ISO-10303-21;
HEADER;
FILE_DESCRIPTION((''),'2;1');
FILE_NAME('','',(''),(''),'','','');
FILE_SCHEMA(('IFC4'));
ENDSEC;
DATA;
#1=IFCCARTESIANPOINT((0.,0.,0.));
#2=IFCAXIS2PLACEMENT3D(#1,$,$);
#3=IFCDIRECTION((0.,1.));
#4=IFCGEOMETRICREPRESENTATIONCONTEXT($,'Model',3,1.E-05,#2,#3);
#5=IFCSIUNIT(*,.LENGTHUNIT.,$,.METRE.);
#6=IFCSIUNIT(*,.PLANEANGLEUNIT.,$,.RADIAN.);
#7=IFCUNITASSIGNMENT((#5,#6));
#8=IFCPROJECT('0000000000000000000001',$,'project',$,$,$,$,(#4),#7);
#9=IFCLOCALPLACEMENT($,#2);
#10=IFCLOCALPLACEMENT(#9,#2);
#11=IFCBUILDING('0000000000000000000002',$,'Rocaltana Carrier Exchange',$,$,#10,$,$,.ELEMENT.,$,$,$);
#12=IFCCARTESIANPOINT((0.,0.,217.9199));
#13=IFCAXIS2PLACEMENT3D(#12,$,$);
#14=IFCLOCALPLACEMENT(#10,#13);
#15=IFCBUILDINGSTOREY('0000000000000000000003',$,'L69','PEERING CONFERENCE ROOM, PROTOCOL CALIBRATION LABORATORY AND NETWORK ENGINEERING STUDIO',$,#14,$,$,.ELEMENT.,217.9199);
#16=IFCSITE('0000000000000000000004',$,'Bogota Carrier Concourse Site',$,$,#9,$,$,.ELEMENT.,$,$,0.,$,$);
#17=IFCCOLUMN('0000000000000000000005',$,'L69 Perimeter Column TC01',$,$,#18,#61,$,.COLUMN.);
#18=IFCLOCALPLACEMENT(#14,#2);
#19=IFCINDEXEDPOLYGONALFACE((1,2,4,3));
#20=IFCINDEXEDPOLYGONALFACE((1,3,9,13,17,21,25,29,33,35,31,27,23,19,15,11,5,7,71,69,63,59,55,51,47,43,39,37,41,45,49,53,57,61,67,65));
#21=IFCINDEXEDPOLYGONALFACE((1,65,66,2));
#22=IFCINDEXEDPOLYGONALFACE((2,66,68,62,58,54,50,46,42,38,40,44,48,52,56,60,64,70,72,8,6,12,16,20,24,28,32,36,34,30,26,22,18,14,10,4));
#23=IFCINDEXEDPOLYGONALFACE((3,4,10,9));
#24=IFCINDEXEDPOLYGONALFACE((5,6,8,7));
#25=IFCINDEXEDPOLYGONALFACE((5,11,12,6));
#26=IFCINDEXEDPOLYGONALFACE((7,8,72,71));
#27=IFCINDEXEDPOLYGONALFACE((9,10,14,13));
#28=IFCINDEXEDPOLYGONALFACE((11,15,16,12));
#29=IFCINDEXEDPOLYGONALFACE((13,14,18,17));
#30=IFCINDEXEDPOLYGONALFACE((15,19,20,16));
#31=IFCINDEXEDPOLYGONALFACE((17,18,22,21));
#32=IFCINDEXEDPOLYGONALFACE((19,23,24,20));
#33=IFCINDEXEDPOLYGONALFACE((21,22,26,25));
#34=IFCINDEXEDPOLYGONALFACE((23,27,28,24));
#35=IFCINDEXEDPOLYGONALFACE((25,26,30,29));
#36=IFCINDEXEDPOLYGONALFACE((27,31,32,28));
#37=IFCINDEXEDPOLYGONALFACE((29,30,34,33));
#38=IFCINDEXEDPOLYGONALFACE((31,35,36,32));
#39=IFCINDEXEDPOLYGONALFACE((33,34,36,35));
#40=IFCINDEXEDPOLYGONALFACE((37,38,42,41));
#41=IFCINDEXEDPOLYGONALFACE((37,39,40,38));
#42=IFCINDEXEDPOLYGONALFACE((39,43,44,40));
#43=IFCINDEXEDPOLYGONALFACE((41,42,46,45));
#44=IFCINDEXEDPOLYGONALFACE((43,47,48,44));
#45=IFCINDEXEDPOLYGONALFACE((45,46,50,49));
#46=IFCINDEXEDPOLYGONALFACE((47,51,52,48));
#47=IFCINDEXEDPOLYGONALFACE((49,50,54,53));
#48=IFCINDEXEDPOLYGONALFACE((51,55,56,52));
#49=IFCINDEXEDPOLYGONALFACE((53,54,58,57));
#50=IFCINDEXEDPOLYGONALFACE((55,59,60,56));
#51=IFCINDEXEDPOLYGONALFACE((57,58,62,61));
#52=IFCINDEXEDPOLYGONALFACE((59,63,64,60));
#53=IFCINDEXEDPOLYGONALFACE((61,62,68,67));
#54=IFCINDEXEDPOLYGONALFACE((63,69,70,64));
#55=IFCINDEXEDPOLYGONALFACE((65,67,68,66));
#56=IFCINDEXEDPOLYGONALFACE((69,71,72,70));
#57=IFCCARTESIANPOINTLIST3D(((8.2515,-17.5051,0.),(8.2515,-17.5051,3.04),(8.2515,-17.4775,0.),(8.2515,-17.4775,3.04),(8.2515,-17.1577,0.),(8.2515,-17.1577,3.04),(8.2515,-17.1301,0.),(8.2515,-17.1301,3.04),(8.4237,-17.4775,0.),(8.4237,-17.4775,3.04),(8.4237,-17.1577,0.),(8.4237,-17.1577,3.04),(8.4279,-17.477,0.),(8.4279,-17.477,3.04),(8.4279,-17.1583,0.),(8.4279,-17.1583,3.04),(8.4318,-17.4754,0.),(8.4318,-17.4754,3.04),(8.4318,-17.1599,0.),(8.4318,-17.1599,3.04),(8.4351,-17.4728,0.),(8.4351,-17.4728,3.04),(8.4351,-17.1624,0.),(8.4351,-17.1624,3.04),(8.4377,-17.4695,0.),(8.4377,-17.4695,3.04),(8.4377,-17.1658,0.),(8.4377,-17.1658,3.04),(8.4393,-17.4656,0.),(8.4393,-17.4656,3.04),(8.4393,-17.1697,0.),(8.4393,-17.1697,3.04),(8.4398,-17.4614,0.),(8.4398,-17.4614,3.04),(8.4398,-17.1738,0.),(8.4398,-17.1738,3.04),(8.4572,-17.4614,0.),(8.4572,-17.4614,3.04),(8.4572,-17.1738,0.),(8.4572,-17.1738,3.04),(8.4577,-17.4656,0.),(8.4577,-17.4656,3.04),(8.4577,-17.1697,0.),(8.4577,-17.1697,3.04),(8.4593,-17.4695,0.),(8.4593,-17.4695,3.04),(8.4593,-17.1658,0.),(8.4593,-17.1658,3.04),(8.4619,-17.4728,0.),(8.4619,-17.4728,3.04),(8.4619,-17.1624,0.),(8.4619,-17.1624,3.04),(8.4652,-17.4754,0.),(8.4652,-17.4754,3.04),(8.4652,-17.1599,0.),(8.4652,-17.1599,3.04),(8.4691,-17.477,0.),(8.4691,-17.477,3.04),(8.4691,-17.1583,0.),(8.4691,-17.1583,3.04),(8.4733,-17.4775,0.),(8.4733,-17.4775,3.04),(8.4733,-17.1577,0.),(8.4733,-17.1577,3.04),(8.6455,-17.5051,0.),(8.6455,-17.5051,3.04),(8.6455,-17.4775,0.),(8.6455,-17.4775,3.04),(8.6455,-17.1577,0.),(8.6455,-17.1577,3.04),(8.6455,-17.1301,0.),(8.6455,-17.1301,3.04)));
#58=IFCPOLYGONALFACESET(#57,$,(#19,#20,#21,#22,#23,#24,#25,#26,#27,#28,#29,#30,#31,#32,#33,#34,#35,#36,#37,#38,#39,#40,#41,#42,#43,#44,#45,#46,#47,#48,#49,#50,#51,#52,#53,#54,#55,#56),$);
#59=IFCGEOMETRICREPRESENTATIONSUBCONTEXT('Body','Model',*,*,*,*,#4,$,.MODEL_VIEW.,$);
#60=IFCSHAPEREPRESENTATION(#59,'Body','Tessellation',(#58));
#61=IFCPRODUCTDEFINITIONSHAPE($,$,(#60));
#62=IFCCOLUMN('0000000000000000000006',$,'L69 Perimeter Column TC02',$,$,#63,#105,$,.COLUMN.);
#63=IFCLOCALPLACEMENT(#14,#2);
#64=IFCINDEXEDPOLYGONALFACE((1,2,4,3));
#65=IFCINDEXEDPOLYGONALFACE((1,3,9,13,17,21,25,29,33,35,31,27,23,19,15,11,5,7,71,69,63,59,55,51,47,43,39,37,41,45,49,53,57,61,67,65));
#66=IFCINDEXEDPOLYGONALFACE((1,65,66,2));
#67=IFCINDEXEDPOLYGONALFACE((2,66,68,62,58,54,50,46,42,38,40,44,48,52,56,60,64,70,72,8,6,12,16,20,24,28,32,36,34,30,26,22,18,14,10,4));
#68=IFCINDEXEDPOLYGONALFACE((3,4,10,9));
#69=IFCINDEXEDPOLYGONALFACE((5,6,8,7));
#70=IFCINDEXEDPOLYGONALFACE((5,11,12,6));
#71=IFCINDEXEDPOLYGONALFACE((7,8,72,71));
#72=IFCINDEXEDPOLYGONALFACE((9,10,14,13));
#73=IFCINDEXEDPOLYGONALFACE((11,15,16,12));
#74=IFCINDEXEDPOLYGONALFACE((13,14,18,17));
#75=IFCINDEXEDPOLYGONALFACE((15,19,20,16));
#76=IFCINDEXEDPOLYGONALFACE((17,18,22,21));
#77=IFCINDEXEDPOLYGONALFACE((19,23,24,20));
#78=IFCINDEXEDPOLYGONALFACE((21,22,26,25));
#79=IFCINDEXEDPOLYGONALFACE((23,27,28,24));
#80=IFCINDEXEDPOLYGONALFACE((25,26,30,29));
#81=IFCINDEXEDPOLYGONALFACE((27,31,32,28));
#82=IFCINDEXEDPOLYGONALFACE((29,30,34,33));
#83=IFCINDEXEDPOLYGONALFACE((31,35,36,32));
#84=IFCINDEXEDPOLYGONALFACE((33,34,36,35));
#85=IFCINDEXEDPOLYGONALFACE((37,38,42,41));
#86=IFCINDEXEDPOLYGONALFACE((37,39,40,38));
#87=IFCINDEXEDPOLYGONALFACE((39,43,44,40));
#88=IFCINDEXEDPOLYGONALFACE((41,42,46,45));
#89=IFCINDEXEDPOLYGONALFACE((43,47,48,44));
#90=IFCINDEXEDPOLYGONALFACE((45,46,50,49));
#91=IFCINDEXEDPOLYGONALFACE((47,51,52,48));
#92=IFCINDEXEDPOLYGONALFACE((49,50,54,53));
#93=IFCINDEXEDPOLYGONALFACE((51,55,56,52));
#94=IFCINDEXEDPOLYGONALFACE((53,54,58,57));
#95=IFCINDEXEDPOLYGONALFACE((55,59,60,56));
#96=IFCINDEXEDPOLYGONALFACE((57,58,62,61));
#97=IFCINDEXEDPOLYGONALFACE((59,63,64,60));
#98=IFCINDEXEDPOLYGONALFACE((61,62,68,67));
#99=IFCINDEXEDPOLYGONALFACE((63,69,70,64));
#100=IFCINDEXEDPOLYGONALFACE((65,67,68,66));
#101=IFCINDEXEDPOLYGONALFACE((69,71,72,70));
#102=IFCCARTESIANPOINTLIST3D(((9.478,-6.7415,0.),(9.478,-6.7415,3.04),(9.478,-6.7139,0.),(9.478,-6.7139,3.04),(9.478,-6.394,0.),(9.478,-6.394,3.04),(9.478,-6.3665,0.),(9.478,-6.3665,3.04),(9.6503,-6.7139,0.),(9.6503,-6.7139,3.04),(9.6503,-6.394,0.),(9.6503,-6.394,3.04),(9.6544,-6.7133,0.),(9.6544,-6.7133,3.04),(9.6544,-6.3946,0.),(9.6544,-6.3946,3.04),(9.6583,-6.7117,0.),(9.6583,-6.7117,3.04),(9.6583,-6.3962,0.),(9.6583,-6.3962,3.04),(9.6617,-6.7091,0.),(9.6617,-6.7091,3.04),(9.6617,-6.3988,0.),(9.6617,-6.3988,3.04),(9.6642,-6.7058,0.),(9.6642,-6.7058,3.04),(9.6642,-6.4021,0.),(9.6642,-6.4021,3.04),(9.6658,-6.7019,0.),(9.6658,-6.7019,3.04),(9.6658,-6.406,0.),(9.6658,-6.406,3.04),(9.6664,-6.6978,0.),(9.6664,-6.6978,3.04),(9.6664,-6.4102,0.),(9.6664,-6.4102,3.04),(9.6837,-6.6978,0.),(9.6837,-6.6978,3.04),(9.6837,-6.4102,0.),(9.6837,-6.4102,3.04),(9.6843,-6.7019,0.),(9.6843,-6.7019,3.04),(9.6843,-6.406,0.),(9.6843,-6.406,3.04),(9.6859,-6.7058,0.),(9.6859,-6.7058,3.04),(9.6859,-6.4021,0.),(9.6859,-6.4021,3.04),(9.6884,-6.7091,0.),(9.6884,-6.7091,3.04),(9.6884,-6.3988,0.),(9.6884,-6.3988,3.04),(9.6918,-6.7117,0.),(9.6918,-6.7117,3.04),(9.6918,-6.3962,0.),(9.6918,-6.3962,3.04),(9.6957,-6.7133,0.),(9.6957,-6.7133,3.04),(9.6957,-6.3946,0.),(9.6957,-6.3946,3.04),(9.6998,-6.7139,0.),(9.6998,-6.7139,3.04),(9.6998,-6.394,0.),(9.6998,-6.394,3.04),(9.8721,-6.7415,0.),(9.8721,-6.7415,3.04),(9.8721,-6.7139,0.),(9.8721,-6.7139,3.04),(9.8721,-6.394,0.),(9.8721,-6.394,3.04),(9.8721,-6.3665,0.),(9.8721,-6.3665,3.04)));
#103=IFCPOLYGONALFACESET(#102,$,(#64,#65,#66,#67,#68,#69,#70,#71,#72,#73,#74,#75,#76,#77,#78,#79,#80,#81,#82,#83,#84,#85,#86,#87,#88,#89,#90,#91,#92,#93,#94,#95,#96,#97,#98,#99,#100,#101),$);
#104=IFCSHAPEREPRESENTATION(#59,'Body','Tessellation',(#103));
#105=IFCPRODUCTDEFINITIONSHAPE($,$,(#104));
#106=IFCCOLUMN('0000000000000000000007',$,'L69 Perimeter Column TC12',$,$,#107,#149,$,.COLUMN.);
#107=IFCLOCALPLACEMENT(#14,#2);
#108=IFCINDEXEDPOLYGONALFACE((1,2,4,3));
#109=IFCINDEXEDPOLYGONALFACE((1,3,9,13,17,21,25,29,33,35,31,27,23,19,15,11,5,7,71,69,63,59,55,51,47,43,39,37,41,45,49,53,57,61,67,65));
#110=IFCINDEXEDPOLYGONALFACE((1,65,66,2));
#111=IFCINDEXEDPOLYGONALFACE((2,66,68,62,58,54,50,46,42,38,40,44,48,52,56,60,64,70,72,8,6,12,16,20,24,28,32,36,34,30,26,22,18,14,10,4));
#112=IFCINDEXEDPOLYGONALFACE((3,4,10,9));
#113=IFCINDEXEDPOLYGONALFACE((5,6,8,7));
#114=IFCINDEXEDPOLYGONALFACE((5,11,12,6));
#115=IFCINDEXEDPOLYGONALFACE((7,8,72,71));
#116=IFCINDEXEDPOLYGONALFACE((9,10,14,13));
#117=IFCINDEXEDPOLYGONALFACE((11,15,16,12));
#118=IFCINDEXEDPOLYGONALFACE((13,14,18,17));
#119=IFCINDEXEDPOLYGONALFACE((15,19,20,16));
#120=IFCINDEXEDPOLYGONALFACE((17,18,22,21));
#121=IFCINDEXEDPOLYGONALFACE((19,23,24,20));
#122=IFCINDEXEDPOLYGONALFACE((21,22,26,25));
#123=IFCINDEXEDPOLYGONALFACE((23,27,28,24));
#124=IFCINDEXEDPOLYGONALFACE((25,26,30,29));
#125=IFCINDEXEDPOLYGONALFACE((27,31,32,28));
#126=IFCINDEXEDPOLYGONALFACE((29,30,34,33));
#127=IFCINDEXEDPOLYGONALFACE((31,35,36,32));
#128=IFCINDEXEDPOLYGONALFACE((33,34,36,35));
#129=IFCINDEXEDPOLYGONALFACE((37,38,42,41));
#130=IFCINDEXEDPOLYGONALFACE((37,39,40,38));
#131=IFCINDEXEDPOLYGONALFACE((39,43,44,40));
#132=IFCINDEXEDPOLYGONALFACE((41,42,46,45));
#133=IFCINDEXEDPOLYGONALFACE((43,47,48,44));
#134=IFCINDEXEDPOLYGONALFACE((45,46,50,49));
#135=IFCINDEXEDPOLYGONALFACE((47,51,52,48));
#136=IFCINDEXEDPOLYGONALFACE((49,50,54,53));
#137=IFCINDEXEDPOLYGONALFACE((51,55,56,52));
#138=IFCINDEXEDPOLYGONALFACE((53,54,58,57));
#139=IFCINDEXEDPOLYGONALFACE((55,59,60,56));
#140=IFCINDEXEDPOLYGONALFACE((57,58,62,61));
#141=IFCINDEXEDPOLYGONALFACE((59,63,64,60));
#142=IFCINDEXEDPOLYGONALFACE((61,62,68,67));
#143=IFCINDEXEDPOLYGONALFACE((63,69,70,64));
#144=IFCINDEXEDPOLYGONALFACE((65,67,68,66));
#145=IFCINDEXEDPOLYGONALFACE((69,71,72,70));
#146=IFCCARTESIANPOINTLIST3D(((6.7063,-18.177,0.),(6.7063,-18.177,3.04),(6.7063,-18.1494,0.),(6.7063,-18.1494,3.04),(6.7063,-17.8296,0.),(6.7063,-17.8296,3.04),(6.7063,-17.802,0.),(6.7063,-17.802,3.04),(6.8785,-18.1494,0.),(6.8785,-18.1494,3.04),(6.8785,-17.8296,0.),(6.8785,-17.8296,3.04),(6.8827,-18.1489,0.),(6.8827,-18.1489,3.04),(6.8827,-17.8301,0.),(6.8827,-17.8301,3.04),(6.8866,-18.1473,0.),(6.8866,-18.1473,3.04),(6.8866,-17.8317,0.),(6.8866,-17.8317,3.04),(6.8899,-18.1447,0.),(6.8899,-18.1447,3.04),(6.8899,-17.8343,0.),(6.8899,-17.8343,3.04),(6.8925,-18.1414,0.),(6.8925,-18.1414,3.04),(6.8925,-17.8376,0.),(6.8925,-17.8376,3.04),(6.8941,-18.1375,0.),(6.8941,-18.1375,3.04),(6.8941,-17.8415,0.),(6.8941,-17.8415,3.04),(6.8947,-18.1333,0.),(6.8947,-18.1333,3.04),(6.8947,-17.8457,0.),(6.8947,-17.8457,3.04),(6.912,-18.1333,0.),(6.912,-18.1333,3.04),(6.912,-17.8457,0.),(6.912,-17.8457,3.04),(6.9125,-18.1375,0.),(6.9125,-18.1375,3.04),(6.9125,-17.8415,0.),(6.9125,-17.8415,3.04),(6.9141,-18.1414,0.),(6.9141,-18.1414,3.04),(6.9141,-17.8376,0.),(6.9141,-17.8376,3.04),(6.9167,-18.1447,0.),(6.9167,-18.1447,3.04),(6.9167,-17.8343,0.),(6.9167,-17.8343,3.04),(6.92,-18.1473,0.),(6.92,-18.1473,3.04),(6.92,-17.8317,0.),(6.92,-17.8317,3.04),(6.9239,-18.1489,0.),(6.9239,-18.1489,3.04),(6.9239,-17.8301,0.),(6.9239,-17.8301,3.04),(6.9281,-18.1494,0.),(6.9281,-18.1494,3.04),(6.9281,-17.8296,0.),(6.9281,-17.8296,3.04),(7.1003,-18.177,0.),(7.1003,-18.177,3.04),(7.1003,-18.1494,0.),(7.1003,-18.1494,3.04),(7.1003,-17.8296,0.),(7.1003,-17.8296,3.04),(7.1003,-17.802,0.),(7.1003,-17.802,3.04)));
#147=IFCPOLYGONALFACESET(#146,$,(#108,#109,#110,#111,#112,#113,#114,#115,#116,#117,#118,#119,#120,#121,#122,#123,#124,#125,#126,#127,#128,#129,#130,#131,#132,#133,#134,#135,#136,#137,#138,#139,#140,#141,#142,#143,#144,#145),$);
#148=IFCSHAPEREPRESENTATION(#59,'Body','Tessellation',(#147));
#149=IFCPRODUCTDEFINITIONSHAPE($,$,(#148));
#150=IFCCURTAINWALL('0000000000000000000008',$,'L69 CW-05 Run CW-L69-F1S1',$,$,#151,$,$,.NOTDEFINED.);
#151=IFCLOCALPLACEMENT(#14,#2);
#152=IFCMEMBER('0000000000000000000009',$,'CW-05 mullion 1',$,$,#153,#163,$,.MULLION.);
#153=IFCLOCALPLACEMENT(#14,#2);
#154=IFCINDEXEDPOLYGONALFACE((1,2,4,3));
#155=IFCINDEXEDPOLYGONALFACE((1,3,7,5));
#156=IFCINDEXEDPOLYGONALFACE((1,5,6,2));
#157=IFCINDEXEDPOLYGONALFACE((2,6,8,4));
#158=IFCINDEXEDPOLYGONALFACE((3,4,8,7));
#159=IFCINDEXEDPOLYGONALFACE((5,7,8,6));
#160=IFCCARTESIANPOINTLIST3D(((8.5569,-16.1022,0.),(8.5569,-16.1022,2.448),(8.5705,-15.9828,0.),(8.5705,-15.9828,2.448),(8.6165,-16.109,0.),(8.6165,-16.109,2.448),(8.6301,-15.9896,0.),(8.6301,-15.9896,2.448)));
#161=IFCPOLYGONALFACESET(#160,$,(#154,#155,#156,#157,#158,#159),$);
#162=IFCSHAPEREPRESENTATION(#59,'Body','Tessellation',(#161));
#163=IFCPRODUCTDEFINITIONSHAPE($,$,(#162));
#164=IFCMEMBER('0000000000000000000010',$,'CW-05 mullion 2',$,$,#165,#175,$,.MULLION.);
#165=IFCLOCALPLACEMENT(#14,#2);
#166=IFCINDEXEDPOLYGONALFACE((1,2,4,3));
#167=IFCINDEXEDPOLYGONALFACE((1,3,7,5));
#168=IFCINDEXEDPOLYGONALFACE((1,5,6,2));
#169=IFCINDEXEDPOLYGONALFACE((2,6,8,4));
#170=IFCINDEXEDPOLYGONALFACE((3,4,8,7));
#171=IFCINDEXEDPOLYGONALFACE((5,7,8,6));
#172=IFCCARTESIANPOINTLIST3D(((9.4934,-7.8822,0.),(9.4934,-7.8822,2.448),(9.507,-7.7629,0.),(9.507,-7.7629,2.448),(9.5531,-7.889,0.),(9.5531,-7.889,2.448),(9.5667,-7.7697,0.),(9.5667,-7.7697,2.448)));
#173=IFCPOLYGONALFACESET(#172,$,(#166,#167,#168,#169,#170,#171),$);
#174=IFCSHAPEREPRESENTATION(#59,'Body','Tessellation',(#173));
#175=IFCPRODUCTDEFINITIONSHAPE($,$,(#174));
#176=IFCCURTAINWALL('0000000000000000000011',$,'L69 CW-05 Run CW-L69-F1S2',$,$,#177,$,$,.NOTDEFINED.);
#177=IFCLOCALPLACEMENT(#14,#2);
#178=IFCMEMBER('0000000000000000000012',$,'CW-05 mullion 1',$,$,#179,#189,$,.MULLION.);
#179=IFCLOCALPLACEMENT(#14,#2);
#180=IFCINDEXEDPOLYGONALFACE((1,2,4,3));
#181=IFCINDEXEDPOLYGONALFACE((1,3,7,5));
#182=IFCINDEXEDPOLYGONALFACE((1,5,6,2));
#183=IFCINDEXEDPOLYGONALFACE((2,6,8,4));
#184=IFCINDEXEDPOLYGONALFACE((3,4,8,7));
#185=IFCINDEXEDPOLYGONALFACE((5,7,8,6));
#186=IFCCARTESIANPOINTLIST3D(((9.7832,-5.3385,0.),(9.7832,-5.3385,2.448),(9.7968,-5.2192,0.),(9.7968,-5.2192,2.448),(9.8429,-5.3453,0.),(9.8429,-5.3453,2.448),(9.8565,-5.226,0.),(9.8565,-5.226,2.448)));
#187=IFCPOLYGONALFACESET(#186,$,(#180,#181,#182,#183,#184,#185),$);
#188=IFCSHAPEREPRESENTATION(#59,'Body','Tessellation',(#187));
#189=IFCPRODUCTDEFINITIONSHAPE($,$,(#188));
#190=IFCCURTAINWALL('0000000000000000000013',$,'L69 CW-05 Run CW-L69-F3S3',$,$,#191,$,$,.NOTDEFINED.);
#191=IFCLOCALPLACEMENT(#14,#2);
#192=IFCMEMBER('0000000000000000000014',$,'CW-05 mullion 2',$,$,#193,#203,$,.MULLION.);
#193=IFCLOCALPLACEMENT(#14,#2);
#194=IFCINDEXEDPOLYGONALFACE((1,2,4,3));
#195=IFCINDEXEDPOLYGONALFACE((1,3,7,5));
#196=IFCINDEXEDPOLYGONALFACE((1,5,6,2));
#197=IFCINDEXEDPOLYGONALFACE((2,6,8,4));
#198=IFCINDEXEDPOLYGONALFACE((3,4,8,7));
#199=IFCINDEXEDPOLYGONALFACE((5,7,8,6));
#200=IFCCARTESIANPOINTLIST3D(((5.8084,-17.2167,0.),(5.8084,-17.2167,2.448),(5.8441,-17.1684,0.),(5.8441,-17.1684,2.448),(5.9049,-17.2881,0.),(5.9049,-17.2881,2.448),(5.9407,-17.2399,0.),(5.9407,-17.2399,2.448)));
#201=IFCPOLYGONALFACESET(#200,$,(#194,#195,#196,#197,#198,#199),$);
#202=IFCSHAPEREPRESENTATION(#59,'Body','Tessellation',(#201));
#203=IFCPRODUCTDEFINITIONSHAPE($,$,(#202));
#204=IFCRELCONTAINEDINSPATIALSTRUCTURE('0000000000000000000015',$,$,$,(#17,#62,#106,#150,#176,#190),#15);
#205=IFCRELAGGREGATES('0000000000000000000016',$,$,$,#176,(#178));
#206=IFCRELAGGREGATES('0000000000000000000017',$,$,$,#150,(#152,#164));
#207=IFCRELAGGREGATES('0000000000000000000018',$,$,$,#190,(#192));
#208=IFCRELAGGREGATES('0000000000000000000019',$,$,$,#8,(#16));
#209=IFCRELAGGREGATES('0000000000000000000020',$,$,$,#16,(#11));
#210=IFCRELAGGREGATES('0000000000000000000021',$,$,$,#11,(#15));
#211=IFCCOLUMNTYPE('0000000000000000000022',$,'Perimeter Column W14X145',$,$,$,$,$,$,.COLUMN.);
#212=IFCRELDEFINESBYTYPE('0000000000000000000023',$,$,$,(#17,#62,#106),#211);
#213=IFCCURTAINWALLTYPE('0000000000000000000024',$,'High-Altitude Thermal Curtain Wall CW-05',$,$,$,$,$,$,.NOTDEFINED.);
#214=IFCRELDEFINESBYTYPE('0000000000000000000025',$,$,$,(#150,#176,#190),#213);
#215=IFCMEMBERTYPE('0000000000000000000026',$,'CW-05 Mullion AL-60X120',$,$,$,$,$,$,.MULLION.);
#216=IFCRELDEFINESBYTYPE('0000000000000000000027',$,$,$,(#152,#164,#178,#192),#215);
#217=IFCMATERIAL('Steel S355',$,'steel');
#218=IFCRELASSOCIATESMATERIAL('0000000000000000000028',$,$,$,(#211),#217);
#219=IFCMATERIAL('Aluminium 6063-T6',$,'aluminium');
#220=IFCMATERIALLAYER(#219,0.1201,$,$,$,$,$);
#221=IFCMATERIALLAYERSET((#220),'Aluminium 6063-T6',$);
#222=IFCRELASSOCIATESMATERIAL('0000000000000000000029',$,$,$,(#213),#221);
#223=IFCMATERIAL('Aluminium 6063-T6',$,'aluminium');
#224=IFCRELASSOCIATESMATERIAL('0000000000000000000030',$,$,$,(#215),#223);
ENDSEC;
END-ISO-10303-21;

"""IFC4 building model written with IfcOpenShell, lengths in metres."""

from ifc_helpers import new_model, si_unit, direction, frame, origin, origin_2d, place, context, subcontext, project, spatial, rectangle, i_section, extrude, material, layer, layer_set, material_profile, profile_set, type_object, element, aggregate, save


model = new_model("IFC4")

# Units and contexts
model_context = context("Model", 3, precision=1e-05, world=origin(), true_north=direction((0.0, 1.0)))
body_context = subcontext(model_context, "Body", "Model", "MODEL_VIEW")
ifc_project = project(units=[si_unit("LENGTHUNIT", "METRE"), si_unit("PLANEANGLEUNIT", "RADIAN")], contexts=[model_context])

# Site, building, storey
site_placement = place(None, origin())
site = spatial("IfcSite", under=ifc_project, at=site_placement, Name="Bogota Carrier Concourse Site", CompositionType="ELEMENT", RefElevation=0.0)
building_placement = place(site_placement, origin())
building = spatial("IfcBuilding", under=site, at=building_placement, Name="Rocaltana Carrier Exchange", CompositionType="ELEMENT")
storey_placement = place(building_placement, frame((0.0, 0.0, 217.9199)))
storey = spatial("IfcBuildingStorey", under=building, at=storey_placement, Name="L69", Description="PEERING CONFERENCE ROOM, PROTOCOL CALIBRATION LABORATORY AND NETWORK ENGINEERING STUDIO", CompositionType="ELEMENT", Elevation=217.9199)

# Columns
ifc_material_1 = material(Name="Steel S355", Category="steel")
ifc_material_profile_1 = material_profile(ifc_material_1, i_section(OverallWidth=0.394, OverallDepth=0.375, WebThickness=0.0173, FlangeThickness=0.0276, FilletRadius=0.0161, at=origin_2d()), Name="W14X145")
ifc_profile_set_1 = profile_set([ifc_material_profile_1], Name="Steel S355")
column_type = type_object("IfcColumnType", Name="Perimeter Column W14X145", PredefinedType="COLUMN", material=ifc_profile_set_1)
for number, where, z_axis, x_axis, name in (
    (1, (8.4485, -17.3176, 0.0), (0.0, 0.0, 1.0), (1.0, 0.0, 0.0), "L69 Perimeter Column TC01"),
    (2, (9.675, -6.554, 0.0), (0.0, 0.0, 1.0), (1.0, 0.0, 0.0), "L69 Perimeter Column TC02"),
    (3, (6.9033, -17.9895, 0.0), (0.0, 0.0, 1.0), (1.0, 0.0, 0.0), "L69 Perimeter Column TC12"),
):
    element("IfcColumn", number, at=place(storey_placement, frame(where, z_axis=z_axis, x_axis=x_axis)), inside=storey, type_object=column_type, Name=name, PredefinedType="COLUMN", context=body_context, shape_type="SweptSolid", body=[
        extrude(i_section(OverallWidth=0.394, OverallDepth=0.375, WebThickness=0.0173, FlangeThickness=0.0276, FilletRadius=0.0161, at=origin_2d()), origin(), (0.0, 0.0, 1.0), 3.04),
    ])

# Curtain wall, members
ifc_material_2 = material(Name="Aluminium 6063-T6", Category="aluminium")
ifc_layer_1 = layer(ifc_material_2, 0.1201)
ifc_layer_set_1 = layer_set([ifc_layer_1], Name="Aluminium 6063-T6")
curtain_wall_type = type_object("IfcCurtainWallType", Name="High-Altitude Thermal Curtain Wall CW-05", PredefinedType="NOTDEFINED", material=ifc_layer_set_1)
curtain_wall_1_placement = place(storey_placement, origin())
curtain_wall_1 = element("IfcCurtainWall", 4, at=curtain_wall_1_placement, inside=storey, type_object=curtain_wall_type, Name="L69 CW-05 Run CW-L69-F1S1", PredefinedType="NOTDEFINED")
ifc_material_3 = material(Name="Aluminium 6063-T6", Category="aluminium")
ifc_material_profile_2 = material_profile(ifc_material_3, rectangle(XDim=0.0601, YDim=0.1201, at=origin_2d()), Name="AL-60X120")
ifc_profile_set_2 = profile_set([ifc_material_profile_2], Name="Aluminium 6063-T6")
member_type_1 = type_object("IfcMemberType", Name="CW-05 Mullion AL-60X120", PredefinedType="MULLION", material=ifc_profile_set_2)
member_1_placement = place(storey_placement, frame((8.5935, -16.0459, 0.0), z_axis=(0.0, 0.0, 1.0), x_axis=(-0.993571, 0.113209, 0.0)))
member_1 = element("IfcMember", 5, at=member_1_placement, type_object=member_type_1, Name="CW-05 mullion 1", PredefinedType="MULLION", context=body_context, shape_type="SweptSolid", body=[
    extrude(rectangle(XDim=0.0601, YDim=0.1201, at=origin_2d()), origin(), (0.0, 0.0, 1.0), 2.448),
])
member_2_placement = place(storey_placement, frame((9.53, -7.8259, 0.0), z_axis=(0.0, 0.0, 1.0), x_axis=(-0.993571, 0.113209, 0.0)))
member_2 = element("IfcMember", 6, at=member_2_placement, type_object=member_type_1, Name="CW-05 mullion 2", PredefinedType="MULLION", context=body_context, shape_type="SweptSolid", body=[
    extrude(rectangle(XDim=0.0601, YDim=0.1201, at=origin_2d()), origin(), (0.0, 0.0, 1.0), 2.448),
])

# Curtain walls, members
curtain_wall_2_placement = place(storey_placement, origin())
curtain_wall_2 = element("IfcCurtainWall", 7, at=curtain_wall_2_placement, inside=storey, type_object=curtain_wall_type, Name="L69 CW-05 Run CW-L69-F1S2", PredefinedType="NOTDEFINED")
member_3_placement = place(storey_placement, frame((9.8198, -5.2822, 0.0), z_axis=(0.0, 0.0, 1.0), x_axis=(-0.993571, 0.113209, 0.0)))
member_3 = element("IfcMember", 8, at=member_3_placement, type_object=member_type_1, Name="CW-05 mullion 1", PredefinedType="MULLION", context=body_context, shape_type="SweptSolid", body=[
    extrude(rectangle(XDim=0.0601, YDim=0.1201, at=origin_2d()), origin(), (0.0, 0.0, 1.0), 2.448),
])
aggregate(curtain_wall_2, [member_3])
curtain_wall_3_placement = place(storey_placement, origin())
curtain_wall_3 = element("IfcCurtainWall", 9, at=curtain_wall_3_placement, inside=storey, type_object=curtain_wall_type, Name="L69 CW-05 Run CW-L69-F3S3", PredefinedType="NOTDEFINED")
member_4_placement = place(storey_placement, frame((5.8745, -17.2283, 0.0), z_axis=(0.0, 0.0, 1.0), x_axis=(0.594827, 0.803854, 0.0)))
member_4 = element("IfcMember", 10, at=member_4_placement, type_object=member_type_1, Name="CW-05 mullion 2", PredefinedType="MULLION", context=body_context, shape_type="SweptSolid", body=[
    extrude(rectangle(XDim=0.0601, YDim=0.1201, at=origin_2d()), origin(), (0.0, 0.0, 1.0), 2.448),
])

aggregate(curtain_wall_1, [member_1, member_2])
aggregate(curtain_wall_3, [member_4])

save(model, "model.ifc")
